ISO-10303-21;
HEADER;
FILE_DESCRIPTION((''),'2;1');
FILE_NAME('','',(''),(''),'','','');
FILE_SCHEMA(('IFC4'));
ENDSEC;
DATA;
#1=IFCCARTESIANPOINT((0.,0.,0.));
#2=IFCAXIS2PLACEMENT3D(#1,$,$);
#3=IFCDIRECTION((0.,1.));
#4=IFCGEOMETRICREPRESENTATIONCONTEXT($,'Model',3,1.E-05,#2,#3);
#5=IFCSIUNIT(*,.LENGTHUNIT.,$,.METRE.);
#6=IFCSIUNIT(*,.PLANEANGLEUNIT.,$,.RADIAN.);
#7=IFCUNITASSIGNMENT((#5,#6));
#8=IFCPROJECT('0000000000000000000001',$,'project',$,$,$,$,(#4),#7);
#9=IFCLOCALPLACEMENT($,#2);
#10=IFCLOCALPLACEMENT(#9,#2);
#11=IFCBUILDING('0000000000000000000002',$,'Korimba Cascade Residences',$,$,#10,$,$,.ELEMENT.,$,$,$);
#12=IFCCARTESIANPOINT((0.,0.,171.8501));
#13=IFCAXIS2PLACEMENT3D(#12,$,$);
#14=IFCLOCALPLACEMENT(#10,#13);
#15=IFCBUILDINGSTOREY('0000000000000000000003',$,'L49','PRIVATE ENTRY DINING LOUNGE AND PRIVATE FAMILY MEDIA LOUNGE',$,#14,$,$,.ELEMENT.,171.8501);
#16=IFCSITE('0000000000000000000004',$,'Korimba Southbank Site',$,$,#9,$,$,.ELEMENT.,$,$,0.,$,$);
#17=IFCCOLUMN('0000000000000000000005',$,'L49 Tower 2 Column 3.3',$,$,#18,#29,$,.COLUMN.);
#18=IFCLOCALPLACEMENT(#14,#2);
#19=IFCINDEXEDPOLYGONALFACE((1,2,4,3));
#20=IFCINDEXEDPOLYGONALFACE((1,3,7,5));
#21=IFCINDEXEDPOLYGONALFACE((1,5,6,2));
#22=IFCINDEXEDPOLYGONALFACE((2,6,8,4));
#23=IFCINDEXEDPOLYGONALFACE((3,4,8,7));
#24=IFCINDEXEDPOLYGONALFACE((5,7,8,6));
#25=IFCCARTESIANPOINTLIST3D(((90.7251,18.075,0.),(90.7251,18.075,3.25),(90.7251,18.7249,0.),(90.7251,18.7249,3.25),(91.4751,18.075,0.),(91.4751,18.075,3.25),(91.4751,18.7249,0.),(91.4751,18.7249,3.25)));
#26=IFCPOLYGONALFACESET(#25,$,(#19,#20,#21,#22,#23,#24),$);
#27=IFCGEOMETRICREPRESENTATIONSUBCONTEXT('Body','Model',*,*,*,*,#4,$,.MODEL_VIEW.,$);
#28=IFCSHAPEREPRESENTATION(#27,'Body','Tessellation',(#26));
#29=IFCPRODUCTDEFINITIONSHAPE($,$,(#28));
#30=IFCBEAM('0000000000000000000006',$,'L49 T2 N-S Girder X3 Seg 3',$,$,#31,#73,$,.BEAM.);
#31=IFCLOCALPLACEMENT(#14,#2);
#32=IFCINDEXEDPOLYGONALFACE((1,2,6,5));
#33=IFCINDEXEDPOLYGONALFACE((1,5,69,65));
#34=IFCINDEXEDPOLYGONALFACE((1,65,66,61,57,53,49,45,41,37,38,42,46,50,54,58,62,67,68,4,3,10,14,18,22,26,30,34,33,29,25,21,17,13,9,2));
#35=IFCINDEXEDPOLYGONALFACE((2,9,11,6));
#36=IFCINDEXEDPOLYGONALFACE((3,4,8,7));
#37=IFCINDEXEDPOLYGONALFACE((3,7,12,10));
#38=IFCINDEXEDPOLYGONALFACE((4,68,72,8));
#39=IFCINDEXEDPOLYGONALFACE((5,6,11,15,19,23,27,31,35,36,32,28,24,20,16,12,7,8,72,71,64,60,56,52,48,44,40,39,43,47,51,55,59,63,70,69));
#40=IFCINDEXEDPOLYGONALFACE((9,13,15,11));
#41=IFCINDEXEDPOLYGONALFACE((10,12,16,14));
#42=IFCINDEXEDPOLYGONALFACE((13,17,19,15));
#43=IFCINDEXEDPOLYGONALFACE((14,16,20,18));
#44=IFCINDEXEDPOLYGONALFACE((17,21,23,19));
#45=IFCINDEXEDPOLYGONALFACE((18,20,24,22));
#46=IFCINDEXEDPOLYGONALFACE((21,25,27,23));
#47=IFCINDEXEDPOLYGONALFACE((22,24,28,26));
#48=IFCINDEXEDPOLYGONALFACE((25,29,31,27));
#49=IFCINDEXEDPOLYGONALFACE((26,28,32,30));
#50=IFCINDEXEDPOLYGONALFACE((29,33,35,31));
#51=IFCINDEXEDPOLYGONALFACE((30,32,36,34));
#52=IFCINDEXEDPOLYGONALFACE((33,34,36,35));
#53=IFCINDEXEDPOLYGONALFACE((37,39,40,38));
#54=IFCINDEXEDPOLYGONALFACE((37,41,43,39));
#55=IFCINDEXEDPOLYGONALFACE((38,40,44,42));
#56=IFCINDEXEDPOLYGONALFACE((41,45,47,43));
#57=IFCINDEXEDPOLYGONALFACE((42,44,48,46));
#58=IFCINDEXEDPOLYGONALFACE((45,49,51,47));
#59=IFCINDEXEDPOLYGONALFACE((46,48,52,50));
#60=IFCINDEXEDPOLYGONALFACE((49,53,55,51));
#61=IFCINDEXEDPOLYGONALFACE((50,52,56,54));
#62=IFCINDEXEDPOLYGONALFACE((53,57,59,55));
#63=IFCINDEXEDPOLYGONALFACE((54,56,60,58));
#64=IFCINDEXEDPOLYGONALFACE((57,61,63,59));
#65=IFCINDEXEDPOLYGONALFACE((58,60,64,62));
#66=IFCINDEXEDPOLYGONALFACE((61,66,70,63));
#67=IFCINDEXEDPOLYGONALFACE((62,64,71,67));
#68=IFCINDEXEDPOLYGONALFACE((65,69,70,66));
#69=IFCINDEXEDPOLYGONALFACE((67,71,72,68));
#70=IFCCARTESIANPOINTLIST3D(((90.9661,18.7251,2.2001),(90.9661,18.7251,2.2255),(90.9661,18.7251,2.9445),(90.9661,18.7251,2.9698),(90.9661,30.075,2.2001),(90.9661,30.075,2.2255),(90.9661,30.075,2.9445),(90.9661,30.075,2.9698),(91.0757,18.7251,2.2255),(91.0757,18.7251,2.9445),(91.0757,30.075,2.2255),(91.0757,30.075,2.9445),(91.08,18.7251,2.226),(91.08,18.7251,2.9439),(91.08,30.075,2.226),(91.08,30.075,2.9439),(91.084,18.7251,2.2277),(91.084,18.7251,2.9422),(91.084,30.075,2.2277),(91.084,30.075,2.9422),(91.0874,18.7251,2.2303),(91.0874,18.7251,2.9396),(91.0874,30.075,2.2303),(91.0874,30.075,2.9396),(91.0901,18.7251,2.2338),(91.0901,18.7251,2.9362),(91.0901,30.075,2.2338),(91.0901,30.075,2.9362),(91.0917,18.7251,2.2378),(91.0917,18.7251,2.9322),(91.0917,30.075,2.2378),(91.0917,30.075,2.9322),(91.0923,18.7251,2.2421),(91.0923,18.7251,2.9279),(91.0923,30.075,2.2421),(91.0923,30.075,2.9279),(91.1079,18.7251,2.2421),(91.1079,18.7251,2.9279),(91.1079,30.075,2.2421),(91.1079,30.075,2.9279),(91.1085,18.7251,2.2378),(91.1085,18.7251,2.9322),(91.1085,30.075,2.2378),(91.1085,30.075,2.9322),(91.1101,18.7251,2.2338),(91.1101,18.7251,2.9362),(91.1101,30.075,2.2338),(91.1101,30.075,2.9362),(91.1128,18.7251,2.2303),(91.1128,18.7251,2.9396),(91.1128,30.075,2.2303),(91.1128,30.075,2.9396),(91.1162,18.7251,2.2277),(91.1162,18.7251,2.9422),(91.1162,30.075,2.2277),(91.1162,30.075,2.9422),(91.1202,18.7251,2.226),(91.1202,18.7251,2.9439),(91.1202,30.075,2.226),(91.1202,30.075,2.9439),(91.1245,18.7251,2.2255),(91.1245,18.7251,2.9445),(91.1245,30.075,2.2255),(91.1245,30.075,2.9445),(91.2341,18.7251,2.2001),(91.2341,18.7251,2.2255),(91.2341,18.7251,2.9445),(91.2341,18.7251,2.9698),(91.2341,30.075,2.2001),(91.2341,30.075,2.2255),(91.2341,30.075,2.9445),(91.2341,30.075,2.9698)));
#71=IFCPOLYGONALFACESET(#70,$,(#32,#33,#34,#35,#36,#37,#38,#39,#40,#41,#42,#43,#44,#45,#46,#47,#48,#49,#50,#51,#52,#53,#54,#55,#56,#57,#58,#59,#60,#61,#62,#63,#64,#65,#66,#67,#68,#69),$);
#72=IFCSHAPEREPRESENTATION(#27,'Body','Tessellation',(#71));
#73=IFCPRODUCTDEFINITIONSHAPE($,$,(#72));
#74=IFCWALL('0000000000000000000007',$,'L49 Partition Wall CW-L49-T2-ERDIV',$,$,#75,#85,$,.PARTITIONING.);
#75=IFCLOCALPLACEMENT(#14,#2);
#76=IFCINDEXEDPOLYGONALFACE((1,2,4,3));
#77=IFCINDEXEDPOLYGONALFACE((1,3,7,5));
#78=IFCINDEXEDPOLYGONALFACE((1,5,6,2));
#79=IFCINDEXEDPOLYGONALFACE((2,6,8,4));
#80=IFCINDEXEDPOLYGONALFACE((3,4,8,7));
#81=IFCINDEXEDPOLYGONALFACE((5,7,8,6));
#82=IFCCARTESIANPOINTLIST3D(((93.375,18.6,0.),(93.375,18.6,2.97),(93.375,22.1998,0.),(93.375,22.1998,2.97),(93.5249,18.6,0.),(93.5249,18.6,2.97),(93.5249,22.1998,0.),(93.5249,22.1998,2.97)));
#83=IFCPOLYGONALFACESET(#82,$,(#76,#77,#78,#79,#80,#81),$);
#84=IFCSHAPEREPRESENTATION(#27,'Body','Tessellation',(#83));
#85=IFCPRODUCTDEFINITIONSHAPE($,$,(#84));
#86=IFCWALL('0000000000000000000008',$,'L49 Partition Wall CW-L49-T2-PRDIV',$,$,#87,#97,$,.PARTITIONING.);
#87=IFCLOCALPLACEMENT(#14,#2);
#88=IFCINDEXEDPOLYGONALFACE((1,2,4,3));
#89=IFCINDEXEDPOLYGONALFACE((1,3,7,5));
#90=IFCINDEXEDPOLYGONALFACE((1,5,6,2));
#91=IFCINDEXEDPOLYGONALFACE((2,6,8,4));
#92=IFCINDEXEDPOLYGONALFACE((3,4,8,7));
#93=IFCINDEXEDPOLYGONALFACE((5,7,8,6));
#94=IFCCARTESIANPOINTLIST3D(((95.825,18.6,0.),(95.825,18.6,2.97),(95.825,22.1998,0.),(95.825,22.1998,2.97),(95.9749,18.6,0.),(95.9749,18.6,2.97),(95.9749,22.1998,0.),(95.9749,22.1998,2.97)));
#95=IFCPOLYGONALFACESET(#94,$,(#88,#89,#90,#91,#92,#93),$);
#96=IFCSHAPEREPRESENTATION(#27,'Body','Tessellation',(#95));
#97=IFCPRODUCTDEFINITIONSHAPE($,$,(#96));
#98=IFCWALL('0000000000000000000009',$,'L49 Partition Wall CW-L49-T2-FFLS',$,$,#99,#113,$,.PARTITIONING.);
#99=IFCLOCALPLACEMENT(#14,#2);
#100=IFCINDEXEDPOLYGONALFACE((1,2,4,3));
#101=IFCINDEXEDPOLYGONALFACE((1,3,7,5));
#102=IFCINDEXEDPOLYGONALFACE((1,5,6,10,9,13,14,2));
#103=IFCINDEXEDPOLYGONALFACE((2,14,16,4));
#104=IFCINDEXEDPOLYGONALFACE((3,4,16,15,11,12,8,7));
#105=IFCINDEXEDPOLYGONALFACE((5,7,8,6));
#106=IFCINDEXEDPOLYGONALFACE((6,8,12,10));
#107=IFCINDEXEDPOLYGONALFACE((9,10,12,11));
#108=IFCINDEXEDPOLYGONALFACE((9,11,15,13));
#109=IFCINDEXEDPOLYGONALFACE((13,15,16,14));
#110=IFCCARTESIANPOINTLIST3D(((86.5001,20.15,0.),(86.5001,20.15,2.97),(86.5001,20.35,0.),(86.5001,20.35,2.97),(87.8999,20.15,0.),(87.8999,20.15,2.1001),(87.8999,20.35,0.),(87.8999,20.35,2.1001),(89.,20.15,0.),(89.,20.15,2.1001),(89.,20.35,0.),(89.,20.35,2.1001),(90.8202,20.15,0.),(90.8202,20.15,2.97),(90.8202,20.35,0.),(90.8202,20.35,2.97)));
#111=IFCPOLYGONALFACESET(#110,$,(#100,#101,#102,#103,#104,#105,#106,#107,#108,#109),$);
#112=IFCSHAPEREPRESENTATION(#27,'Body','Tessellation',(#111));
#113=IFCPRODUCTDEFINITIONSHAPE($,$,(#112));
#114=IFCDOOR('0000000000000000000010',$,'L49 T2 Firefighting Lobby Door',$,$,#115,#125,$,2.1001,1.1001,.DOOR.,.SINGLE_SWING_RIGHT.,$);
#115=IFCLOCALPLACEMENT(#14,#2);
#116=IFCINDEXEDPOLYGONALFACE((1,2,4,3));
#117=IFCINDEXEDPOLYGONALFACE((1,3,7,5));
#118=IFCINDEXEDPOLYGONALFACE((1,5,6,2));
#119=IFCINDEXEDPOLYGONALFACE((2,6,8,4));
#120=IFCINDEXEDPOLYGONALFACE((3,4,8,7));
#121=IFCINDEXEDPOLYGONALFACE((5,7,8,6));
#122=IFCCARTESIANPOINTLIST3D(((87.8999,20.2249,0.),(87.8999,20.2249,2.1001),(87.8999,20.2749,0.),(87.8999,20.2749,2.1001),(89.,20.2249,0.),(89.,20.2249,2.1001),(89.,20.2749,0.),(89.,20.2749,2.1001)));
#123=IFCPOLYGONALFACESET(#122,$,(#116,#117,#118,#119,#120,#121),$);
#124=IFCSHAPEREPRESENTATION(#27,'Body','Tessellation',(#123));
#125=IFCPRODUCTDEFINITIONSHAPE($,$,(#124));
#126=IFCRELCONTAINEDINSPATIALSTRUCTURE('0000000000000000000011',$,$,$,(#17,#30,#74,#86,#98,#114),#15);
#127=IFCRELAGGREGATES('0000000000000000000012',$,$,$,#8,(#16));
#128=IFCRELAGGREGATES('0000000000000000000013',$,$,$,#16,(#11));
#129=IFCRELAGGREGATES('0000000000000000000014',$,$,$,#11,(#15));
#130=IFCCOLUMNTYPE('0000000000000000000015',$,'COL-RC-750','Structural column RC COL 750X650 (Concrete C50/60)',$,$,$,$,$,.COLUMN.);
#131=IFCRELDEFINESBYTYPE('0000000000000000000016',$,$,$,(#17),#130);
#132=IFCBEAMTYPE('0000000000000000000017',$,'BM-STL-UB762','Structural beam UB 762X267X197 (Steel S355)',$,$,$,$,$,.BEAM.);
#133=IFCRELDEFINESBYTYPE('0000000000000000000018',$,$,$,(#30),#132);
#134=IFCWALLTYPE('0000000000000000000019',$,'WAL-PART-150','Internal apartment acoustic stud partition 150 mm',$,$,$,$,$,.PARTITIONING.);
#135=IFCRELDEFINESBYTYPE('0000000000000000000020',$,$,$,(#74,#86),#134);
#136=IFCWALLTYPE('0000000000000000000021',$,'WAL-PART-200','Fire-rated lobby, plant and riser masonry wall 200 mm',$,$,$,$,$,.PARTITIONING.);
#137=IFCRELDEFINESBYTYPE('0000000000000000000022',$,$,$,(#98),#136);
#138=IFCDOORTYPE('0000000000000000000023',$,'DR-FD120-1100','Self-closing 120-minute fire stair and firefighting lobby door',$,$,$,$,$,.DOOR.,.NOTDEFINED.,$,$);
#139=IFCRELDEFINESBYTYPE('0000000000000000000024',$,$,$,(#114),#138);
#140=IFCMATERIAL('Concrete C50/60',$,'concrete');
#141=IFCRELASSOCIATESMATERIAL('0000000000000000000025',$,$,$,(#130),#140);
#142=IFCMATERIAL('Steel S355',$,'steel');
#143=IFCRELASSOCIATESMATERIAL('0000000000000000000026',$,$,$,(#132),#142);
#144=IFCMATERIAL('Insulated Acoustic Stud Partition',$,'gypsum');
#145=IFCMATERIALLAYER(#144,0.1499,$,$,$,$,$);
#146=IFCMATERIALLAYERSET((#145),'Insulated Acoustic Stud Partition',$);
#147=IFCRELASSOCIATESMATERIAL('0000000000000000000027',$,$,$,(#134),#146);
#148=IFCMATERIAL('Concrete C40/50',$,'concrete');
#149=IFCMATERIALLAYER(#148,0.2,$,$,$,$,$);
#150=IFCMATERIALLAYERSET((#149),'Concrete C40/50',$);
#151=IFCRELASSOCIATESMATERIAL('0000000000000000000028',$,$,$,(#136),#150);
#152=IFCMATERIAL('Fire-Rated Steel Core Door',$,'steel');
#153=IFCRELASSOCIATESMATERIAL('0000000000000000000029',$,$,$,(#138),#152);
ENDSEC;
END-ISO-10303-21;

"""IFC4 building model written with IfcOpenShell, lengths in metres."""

from ifc_helpers import new_model, si_unit, direction, frame, frame_2d, origin, origin_2d, place, context, subcontext, project, spatial, rectangle, i_section, extrude, material, layer, layer_set, material_profile, profile_set, type_object, element, fill, save


model = new_model("IFC4")

# Units and contexts
model_context = context("Model", 3, precision=1e-05, world=origin(), true_north=direction((0.0, 1.0)))
body_context = subcontext(model_context, "Body", "Model", "MODEL_VIEW")
ifc_project = project(units=[si_unit("LENGTHUNIT", "METRE"), si_unit("PLANEANGLEUNIT", "RADIAN")], contexts=[model_context])

# Site, building, storey
site_placement = place(None, origin())
site = spatial("IfcSite", under=ifc_project, at=site_placement, Name="Korimba Southbank Site", CompositionType="ELEMENT", RefElevation=0.0)
building_placement = place(site_placement, origin())
building = spatial("IfcBuilding", under=site, at=building_placement, Name="Korimba Cascade Residences", CompositionType="ELEMENT")
storey_placement = place(building_placement, frame((0.0, 0.0, 171.8501)))
storey = spatial("IfcBuildingStorey", under=building, at=storey_placement, Name="L49", Description="PRIVATE ENTRY DINING LOUNGE AND PRIVATE FAMILY MEDIA LOUNGE", CompositionType="ELEMENT", Elevation=171.8501)

# Column
ifc_material_1 = material(Name="Concrete C50/60", Category="concrete")
ifc_material_profile_1 = material_profile(ifc_material_1, rectangle(XDim=0.75, YDim=0.6499, at=origin_2d()), Name="Concrete C50/60")
ifc_profile_set_1 = profile_set([ifc_material_profile_1], Name="Concrete C50/60")
column_type = type_object("IfcColumnType", Name="COL-RC-750", Description="Structural column RC COL 750X650 (Concrete C50/60)", PredefinedType="COLUMN", material=ifc_profile_set_1)
column_placement = place(storey_placement, frame((91.1001, 18.3999, 0.0), z_axis=(0.0, 0.0, 1.0), x_axis=(1.0, 0.0, 0.0)))
element("IfcColumn", 1, at=column_placement, inside=storey, type_object=column_type, Name="L49 Tower 2 Column 3.3", PredefinedType="COLUMN", context=body_context, shape_type="SweptSolid", body=[
    extrude(rectangle(XDim=0.75, YDim=0.6499, at=origin_2d()), origin(), (0.0, 0.0, 1.0), 3.25),
])

# Beam
ifc_material_2 = material(Name="Steel S355", Category="steel")
ifc_material_profile_2 = material_profile(ifc_material_2, i_section(OverallWidth=0.2681, OverallDepth=0.7698, WebThickness=0.0156, FlangeThickness=0.0254, FilletRadius=0.0166, at=origin_2d()), Name="Steel S355")
ifc_profile_set_2 = profile_set([ifc_material_profile_2], Name="Steel S355")
beam_type = type_object("IfcBeamType", Name="BM-STL-UB762", Description="Structural beam UB 762X267X197 (Steel S355)", PredefinedType="BEAM", material=ifc_profile_set_2)
beam_placement = place(storey_placement, frame((91.1001, 18.7251, 2.585), z_axis=(0.0, 1.0, 0.0), x_axis=(-1.0, 0.0, 0.0)))
element("IfcBeam", 2, at=beam_placement, inside=storey, type_object=beam_type, Name="L49 T2 N-S Girder X3 Seg 3", PredefinedType="BEAM", context=body_context, shape_type="SweptSolid", body=[
    extrude(i_section(OverallWidth=0.2681, OverallDepth=0.7698, WebThickness=0.0156, FlangeThickness=0.0254, FilletRadius=0.0166, at=origin_2d()), origin(), (0.0, 0.0, 1.0), 11.3499),
])

# Walls
ifc_material_3 = material(Name="Insulated Acoustic Stud Partition", Category="gypsum")
ifc_layer_1 = layer(ifc_material_3, 0.1499)
ifc_layer_set_1 = layer_set([ifc_layer_1], Name="Insulated Acoustic Stud Partition")
wall_type_1 = type_object("IfcWallType", Name="WAL-PART-150", Description="Internal apartment acoustic stud partition 150 mm", PredefinedType="PARTITIONING", material=ifc_layer_set_1)
for number, where, z_axis, x_axis, name in (
    (3, (93.45, 18.6001, 0.0), (0.0, 0.0, 1.0), (0.0, 1.0, 0.0), "L49 Partition Wall CW-L49-T2-ERDIV"),
    (4, (95.8999, 18.6001, 0.0), (0.0, 0.0, 1.0), (0.0, 1.0, 0.0), "L49 Partition Wall CW-L49-T2-PRDIV"),
):
    element("IfcWall", number, at=place(storey_placement, frame(where, z_axis=z_axis, x_axis=x_axis)), inside=storey, type_object=wall_type_1, Name=name, PredefinedType="PARTITIONING", context=body_context, shape_type="SweptSolid", body=[
        extrude(rectangle(XDim=3.5999, YDim=0.1499, at=frame_2d((1.7998, 0.0))), origin(), (0.0, 0.0, 1.0), 2.97),
    ])

# Wall, opening, door
ifc_material_4 = material(Name="Concrete C40/50", Category="concrete")
ifc_layer_2 = layer(ifc_material_4, 0.2)
ifc_layer_set_2 = layer_set([ifc_layer_2], Name="Concrete C40/50")
wall_type_2 = type_object("IfcWallType", Name="WAL-PART-200", Description="Fire-rated lobby, plant and riser masonry wall 200 mm", PredefinedType="PARTITIONING", material=ifc_layer_set_2)
wall_1_placement = place(storey_placement, frame((86.5, 20.25, 0.0), z_axis=(0.0, 0.0, 1.0), x_axis=(1.0, 0.0, 0.0)))
wall_1 = element("IfcWall", 5, at=wall_1_placement, inside=storey, type_object=wall_type_2, Name="L49 Partition Wall CW-L49-T2-FFLS", PredefinedType="PARTITIONING", context=body_context, shape_type="SweptSolid", body=[
    extrude(rectangle(XDim=4.3201, YDim=0.2, at=frame_2d((2.1602, 0.0))), origin(), (0.0, 0.0, 1.0), 2.97),
])
opening_1_placement = place(wall_1_placement, frame((1.3999, 0.0, 0.0)))
opening_1 = element("IfcOpeningElement", 6, at=opening_1_placement, cuts=wall_1, PredefinedType="OPENING", context=body_context, shape_type="SweptSolid", body=[
    extrude(rectangle(XDim=1.1001, YDim=2.1001, at=frame_2d((0.55, 1.05))), frame((0.0, 0.1099, 0.0), z_axis=(0.0, -1.0, 0.0), x_axis=(1.0, 0.0, 0.0)), (0.0, 0.0, 1.0), 0.22),
])
ifc_material_5 = material(Name="Fire-Rated Steel Core Door", Category="steel")
door_type_1 = type_object("IfcDoorType", Name="DR-FD120-1100", Description="Self-closing 120-minute fire stair and firefighting lobby door", OperationType="NOTDEFINED", PredefinedType="DOOR", material=ifc_material_5)
door_1_placement = place(opening_1_placement, origin())
door_1 = element("IfcDoor", 7, at=door_1_placement, inside=storey, type_object=door_type_1, Name="L49 T2 Firefighting Lobby Door", OperationType="SINGLE_SWING_RIGHT", OverallHeight=2.1001, OverallWidth=1.1001, PredefinedType="DOOR", context=body_context, shape_type="SweptSolid", body=[
    extrude(rectangle(XDim=1.1001, YDim=2.1001, at=frame_2d((0.55, 1.05))), frame((0.0, 0.0249, 0.0), z_axis=(0.0, -1.0, 0.0), x_axis=(1.0, 0.0, 0.0)), (0.0, 0.0, 1.0), 0.05),
])
fill(opening_1, door_1)

save(model, "model.ifc")
